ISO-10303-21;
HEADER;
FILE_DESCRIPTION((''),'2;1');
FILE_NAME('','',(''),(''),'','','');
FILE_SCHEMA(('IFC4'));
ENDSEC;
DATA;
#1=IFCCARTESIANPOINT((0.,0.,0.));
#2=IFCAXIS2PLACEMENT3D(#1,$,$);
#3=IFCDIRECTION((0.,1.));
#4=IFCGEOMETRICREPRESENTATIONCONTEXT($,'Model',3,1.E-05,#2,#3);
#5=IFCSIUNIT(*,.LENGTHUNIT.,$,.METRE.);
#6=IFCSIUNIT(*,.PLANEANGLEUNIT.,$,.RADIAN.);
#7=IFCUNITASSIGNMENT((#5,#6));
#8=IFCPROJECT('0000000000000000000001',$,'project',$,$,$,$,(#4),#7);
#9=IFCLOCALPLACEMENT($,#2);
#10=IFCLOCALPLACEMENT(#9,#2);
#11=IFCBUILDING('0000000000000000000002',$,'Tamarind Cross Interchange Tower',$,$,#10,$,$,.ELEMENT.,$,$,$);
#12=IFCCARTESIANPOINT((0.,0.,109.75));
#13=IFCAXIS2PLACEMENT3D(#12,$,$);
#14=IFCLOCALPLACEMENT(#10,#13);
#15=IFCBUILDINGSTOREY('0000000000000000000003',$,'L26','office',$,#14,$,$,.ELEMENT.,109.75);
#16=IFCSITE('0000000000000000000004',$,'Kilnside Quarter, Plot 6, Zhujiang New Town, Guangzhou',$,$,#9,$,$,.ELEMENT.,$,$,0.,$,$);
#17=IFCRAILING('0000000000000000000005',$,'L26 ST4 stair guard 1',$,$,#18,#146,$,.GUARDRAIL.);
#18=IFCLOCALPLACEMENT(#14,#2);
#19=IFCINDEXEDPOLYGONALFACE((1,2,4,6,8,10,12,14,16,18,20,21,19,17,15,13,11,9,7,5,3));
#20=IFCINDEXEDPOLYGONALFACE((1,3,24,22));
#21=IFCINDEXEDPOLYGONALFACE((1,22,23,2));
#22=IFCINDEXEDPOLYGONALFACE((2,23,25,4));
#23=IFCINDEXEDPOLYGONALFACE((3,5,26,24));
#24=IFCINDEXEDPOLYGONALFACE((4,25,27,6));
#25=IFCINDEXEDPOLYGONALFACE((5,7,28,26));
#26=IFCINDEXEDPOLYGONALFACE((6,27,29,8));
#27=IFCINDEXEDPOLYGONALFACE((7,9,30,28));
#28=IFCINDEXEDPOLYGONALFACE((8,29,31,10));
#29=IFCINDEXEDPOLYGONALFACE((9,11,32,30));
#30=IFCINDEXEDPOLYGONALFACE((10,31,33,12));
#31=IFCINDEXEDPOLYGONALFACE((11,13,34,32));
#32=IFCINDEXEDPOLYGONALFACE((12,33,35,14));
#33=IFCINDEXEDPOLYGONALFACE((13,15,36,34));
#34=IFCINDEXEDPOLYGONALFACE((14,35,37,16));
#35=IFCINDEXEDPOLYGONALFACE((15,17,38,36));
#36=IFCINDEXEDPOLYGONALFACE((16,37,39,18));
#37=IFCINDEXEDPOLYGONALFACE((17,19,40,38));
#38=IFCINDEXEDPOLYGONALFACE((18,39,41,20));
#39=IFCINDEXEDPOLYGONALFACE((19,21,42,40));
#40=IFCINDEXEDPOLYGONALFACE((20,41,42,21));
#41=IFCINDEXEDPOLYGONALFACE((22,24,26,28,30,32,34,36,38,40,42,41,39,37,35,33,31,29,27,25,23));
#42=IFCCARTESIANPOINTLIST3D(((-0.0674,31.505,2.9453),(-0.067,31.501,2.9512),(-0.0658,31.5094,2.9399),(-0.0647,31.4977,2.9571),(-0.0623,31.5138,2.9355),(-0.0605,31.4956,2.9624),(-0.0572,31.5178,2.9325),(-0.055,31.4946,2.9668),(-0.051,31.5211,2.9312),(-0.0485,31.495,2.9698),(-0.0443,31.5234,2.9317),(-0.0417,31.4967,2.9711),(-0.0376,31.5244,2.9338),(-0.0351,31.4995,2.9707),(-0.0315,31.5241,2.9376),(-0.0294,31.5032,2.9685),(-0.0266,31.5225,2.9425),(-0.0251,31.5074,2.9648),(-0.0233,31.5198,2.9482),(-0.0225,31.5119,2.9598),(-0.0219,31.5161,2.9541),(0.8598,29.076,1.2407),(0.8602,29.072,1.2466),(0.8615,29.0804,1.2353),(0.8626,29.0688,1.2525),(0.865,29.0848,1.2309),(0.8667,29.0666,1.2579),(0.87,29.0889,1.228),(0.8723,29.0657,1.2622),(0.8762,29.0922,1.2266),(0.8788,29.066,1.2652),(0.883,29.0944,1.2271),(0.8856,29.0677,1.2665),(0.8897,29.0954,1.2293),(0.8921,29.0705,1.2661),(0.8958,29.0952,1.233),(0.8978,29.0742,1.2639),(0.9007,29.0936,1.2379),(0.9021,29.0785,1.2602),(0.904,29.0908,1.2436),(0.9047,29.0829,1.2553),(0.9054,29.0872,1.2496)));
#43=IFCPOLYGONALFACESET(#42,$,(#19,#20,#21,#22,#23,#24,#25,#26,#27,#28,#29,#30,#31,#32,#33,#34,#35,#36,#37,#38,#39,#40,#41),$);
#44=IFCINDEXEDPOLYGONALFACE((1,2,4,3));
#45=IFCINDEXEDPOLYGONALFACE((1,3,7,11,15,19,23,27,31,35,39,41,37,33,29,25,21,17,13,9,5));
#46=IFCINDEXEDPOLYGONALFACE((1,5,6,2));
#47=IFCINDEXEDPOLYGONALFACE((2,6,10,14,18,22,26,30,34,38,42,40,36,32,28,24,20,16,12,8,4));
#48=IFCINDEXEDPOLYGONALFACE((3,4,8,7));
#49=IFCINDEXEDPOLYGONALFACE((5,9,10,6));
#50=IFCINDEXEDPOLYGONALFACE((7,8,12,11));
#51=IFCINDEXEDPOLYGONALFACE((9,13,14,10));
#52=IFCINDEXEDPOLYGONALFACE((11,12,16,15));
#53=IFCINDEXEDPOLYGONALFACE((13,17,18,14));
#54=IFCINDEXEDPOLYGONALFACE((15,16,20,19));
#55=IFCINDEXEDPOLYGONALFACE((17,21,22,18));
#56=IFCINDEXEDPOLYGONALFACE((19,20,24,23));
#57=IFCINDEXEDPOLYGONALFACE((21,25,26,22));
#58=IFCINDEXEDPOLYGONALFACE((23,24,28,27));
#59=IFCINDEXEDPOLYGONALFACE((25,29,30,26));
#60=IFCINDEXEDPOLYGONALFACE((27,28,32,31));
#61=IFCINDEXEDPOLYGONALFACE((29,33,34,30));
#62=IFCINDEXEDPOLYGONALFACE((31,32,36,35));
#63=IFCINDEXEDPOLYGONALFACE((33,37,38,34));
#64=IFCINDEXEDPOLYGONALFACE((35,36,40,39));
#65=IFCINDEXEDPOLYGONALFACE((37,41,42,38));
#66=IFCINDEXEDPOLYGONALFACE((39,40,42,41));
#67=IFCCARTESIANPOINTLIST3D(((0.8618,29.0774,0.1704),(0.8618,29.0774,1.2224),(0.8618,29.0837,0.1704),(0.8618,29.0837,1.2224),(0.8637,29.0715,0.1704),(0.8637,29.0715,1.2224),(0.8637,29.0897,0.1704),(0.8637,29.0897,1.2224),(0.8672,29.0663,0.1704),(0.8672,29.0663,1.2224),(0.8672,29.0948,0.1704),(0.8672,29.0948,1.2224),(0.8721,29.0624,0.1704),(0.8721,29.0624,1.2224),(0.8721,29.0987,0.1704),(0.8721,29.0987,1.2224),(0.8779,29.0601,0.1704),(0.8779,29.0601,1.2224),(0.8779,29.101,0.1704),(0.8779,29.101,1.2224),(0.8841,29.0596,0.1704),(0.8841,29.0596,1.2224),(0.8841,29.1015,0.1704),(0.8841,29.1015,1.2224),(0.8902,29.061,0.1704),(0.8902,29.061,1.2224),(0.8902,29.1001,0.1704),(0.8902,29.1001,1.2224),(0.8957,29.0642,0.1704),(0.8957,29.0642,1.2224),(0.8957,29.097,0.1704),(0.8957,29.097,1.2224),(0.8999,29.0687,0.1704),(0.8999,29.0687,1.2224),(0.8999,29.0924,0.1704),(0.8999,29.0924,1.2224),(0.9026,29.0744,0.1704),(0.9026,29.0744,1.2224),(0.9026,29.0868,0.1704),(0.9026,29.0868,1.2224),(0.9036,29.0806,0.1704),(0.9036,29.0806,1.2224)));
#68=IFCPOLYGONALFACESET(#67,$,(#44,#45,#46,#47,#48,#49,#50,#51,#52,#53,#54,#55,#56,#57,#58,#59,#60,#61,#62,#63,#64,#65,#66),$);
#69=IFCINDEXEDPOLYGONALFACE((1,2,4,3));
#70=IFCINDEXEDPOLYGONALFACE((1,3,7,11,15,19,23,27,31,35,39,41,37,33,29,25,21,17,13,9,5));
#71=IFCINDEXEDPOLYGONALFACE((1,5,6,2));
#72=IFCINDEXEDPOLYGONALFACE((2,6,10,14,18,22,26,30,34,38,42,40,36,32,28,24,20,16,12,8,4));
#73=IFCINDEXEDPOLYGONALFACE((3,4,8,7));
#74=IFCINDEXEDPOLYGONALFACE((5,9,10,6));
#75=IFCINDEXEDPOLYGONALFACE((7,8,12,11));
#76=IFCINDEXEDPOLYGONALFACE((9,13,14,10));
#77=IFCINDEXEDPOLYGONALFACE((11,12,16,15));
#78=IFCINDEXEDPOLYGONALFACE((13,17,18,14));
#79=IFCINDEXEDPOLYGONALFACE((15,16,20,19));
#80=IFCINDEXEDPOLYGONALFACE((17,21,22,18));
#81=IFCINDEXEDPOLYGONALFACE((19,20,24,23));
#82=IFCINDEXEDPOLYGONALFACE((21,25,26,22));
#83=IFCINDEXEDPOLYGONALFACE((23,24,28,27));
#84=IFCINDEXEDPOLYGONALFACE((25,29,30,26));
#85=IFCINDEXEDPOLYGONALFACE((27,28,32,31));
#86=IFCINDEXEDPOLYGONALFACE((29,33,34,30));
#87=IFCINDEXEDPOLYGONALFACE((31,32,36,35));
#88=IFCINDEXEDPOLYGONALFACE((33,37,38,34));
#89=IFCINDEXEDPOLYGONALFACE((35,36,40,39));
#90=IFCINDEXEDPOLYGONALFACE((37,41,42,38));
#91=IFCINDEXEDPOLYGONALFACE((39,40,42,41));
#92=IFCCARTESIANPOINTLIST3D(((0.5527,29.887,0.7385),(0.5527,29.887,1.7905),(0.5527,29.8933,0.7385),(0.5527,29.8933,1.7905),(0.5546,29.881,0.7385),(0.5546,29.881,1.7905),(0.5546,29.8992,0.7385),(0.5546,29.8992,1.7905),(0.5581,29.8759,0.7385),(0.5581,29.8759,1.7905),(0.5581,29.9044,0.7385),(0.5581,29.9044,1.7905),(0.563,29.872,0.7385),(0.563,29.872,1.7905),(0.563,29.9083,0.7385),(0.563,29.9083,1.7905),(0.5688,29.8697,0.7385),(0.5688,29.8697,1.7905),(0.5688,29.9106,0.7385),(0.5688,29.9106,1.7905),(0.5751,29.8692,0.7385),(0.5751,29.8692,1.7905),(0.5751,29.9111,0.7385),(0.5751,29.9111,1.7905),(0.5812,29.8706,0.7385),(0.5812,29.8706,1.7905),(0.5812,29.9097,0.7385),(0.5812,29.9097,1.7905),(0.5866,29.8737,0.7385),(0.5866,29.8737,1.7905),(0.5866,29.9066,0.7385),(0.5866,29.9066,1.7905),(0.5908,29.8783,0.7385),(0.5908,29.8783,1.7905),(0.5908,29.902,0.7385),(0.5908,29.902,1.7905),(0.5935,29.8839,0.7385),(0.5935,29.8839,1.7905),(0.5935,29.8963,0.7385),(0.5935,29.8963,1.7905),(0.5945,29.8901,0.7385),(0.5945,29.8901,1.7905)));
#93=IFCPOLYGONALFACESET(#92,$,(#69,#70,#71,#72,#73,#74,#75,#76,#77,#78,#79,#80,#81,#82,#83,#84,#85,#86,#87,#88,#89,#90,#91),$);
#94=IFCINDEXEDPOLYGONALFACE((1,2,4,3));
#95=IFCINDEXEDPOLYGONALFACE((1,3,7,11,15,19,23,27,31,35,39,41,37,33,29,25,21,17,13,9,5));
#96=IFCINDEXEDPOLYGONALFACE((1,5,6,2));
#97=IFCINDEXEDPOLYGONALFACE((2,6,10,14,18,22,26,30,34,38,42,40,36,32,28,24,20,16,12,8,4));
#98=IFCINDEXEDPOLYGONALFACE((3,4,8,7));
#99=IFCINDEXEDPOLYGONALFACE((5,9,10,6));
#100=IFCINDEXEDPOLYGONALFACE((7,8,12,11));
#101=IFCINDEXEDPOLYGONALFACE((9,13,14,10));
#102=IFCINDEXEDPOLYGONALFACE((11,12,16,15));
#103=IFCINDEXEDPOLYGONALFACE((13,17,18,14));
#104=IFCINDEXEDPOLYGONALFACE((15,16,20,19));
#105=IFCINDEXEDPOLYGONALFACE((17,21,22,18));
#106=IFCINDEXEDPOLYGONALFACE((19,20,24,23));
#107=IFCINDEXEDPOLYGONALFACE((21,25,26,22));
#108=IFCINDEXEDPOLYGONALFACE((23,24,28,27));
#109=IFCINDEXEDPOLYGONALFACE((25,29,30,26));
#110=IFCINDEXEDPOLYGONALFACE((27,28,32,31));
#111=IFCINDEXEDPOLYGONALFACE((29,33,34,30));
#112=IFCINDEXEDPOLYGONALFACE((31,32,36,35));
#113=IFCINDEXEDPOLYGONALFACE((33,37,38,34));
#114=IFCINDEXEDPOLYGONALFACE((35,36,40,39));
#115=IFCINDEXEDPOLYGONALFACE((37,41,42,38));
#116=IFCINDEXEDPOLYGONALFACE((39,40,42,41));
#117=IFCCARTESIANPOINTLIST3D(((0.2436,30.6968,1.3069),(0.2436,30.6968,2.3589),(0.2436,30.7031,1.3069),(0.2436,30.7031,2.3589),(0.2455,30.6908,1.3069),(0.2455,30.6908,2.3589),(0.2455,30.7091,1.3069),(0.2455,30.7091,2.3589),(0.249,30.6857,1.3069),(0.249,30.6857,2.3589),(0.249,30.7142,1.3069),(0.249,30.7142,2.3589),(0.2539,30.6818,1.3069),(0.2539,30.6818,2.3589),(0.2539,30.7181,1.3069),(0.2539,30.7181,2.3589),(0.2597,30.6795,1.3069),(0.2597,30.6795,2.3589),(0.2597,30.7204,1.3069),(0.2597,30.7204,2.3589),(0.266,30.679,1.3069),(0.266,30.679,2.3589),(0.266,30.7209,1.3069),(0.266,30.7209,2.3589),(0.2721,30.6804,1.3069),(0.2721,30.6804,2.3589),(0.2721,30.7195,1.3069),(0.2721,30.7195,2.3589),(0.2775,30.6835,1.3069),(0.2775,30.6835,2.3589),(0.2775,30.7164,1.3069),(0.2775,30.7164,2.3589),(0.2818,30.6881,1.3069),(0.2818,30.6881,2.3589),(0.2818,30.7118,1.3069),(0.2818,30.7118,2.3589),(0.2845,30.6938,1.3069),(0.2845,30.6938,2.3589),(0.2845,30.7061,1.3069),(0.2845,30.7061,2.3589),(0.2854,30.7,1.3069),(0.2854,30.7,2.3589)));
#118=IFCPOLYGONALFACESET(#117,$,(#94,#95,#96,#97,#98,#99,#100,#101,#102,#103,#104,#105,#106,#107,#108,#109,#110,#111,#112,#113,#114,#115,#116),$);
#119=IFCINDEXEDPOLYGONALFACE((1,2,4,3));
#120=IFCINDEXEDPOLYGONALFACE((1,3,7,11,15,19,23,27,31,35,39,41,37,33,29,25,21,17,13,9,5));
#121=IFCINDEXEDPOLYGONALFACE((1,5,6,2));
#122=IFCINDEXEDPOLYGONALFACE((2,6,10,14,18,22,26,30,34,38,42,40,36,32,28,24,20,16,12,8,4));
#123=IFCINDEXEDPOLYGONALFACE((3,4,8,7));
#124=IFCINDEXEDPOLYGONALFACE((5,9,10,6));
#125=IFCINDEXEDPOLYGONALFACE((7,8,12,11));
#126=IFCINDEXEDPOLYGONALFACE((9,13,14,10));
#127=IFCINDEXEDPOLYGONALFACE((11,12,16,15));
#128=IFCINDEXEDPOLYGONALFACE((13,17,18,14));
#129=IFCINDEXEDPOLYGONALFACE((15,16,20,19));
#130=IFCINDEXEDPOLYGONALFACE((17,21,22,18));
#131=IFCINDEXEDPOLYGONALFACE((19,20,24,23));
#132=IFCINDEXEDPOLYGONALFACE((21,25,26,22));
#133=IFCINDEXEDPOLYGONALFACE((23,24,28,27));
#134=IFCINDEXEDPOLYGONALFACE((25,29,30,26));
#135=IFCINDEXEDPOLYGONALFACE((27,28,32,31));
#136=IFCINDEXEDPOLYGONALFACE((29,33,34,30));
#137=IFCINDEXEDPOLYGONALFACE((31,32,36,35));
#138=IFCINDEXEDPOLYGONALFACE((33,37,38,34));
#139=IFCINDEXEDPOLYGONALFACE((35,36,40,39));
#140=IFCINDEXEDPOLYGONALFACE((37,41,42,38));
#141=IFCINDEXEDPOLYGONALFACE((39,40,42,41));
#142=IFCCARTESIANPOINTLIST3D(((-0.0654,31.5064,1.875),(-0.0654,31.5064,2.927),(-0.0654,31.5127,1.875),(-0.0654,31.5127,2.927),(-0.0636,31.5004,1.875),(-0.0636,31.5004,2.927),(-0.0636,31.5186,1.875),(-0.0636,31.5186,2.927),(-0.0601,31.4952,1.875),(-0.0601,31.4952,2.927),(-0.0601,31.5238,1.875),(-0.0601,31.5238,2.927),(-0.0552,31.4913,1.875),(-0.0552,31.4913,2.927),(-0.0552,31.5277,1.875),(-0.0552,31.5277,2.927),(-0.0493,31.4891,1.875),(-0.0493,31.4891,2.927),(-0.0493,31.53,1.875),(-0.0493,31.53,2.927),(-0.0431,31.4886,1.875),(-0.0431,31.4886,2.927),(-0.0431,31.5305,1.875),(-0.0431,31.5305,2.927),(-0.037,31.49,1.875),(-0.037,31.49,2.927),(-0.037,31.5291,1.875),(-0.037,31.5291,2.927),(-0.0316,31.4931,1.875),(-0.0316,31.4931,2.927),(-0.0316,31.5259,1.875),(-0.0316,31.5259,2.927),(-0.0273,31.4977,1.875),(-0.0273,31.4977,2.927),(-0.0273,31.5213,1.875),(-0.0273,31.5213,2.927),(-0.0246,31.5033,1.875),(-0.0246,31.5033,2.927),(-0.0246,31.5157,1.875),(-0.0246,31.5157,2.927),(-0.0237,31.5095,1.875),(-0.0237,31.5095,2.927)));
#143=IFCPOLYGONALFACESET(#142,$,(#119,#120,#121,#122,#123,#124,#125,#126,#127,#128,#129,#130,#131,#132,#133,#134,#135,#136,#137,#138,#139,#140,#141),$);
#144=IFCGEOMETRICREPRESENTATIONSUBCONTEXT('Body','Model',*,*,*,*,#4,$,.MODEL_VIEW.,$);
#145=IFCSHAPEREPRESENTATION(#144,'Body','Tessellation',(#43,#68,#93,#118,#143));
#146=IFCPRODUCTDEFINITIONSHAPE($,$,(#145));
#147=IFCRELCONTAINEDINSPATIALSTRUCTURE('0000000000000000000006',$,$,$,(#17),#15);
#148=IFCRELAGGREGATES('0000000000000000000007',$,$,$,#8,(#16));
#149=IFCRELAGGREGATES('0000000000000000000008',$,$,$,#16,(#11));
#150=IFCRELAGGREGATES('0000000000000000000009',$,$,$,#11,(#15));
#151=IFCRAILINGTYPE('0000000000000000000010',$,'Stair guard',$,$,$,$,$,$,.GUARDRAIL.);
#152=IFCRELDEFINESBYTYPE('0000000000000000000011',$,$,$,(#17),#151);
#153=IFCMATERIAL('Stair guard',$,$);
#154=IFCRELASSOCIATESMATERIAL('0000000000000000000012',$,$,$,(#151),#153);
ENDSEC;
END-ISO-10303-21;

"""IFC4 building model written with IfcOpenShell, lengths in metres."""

from ifc_helpers import new_model, si_unit, direction, frame, origin, origin_2d, place, context, subcontext, project, spatial, circle, extrude, material, type_object, element, save


model = new_model("IFC4")

# Units and contexts
model_context = context("Model", 3, precision=1e-05, world=origin(), true_north=direction((0.0, 1.0)))
body_context = subcontext(model_context, "Body", "Model", "MODEL_VIEW")
ifc_project = project(units=[si_unit("LENGTHUNIT", "METRE"), si_unit("PLANEANGLEUNIT", "RADIAN")], contexts=[model_context])

# Site, building, storey
site_placement = place(None, origin())
site = spatial("IfcSite", under=ifc_project, at=site_placement, Name="Kilnside Quarter, Plot 6, Zhujiang New Town, Guangzhou", CompositionType="ELEMENT", RefElevation=0.0)
building_placement = place(site_placement, origin())
building = spatial("IfcBuilding", under=site, at=building_placement, Name="Tamarind Cross Interchange Tower", CompositionType="ELEMENT")
storey_placement = place(building_placement, frame((0.0, 0.0, 109.75)))
storey = spatial("IfcBuildingStorey", under=building, at=storey_placement, Name="L26", Description="office", CompositionType="ELEMENT", Elevation=109.75)

# Railing
ifc_material_1 = material(Name="Stair guard")
railing_type_1 = type_object("IfcRailingType", Name="Stair guard", PredefinedType="GUARDRAIL", material=ifc_material_1)
railing_1_placement = place(storey_placement, frame((0.8826, 29.0806, 0.1704)))
element("IfcRailing", 1, at=railing_1_placement, inside=storey, type_object=railing_type_1, Name="L26 ST4 stair guard 1", PredefinedType="GUARDRAIL", context=body_context, shape_type="SweptSolid", body=[
    extrude(circle(Radius=0.0239, at=origin_2d()), frame((0.0, 0.0, 1.0762), z_axis=(-0.298256, 0.781292, 0.548294), x_axis=(-0.934241, -0.356643, 0.0)), (0.0, 0.0, 1.0), 3.1089),
    extrude(circle(Radius=0.021, at=origin_2d()), origin(), (0.0, 0.0, 1.0), 1.052),
    extrude(circle(Radius=0.021, at=origin_2d()), frame((-0.3091, 0.8096, 0.5681)), (0.0, 0.0, 1.0), 1.052),
    extrude(circle(Radius=0.021, at=origin_2d()), frame((-0.6182, 1.6194, 1.1365)), (0.0, 0.0, 1.0), 1.052),
    extrude(circle(Radius=0.021, at=origin_2d()), frame((-0.9272, 2.429, 1.7046)), (0.0, 0.0, 1.0), 1.052),
])

save(model, "model.ifc")
